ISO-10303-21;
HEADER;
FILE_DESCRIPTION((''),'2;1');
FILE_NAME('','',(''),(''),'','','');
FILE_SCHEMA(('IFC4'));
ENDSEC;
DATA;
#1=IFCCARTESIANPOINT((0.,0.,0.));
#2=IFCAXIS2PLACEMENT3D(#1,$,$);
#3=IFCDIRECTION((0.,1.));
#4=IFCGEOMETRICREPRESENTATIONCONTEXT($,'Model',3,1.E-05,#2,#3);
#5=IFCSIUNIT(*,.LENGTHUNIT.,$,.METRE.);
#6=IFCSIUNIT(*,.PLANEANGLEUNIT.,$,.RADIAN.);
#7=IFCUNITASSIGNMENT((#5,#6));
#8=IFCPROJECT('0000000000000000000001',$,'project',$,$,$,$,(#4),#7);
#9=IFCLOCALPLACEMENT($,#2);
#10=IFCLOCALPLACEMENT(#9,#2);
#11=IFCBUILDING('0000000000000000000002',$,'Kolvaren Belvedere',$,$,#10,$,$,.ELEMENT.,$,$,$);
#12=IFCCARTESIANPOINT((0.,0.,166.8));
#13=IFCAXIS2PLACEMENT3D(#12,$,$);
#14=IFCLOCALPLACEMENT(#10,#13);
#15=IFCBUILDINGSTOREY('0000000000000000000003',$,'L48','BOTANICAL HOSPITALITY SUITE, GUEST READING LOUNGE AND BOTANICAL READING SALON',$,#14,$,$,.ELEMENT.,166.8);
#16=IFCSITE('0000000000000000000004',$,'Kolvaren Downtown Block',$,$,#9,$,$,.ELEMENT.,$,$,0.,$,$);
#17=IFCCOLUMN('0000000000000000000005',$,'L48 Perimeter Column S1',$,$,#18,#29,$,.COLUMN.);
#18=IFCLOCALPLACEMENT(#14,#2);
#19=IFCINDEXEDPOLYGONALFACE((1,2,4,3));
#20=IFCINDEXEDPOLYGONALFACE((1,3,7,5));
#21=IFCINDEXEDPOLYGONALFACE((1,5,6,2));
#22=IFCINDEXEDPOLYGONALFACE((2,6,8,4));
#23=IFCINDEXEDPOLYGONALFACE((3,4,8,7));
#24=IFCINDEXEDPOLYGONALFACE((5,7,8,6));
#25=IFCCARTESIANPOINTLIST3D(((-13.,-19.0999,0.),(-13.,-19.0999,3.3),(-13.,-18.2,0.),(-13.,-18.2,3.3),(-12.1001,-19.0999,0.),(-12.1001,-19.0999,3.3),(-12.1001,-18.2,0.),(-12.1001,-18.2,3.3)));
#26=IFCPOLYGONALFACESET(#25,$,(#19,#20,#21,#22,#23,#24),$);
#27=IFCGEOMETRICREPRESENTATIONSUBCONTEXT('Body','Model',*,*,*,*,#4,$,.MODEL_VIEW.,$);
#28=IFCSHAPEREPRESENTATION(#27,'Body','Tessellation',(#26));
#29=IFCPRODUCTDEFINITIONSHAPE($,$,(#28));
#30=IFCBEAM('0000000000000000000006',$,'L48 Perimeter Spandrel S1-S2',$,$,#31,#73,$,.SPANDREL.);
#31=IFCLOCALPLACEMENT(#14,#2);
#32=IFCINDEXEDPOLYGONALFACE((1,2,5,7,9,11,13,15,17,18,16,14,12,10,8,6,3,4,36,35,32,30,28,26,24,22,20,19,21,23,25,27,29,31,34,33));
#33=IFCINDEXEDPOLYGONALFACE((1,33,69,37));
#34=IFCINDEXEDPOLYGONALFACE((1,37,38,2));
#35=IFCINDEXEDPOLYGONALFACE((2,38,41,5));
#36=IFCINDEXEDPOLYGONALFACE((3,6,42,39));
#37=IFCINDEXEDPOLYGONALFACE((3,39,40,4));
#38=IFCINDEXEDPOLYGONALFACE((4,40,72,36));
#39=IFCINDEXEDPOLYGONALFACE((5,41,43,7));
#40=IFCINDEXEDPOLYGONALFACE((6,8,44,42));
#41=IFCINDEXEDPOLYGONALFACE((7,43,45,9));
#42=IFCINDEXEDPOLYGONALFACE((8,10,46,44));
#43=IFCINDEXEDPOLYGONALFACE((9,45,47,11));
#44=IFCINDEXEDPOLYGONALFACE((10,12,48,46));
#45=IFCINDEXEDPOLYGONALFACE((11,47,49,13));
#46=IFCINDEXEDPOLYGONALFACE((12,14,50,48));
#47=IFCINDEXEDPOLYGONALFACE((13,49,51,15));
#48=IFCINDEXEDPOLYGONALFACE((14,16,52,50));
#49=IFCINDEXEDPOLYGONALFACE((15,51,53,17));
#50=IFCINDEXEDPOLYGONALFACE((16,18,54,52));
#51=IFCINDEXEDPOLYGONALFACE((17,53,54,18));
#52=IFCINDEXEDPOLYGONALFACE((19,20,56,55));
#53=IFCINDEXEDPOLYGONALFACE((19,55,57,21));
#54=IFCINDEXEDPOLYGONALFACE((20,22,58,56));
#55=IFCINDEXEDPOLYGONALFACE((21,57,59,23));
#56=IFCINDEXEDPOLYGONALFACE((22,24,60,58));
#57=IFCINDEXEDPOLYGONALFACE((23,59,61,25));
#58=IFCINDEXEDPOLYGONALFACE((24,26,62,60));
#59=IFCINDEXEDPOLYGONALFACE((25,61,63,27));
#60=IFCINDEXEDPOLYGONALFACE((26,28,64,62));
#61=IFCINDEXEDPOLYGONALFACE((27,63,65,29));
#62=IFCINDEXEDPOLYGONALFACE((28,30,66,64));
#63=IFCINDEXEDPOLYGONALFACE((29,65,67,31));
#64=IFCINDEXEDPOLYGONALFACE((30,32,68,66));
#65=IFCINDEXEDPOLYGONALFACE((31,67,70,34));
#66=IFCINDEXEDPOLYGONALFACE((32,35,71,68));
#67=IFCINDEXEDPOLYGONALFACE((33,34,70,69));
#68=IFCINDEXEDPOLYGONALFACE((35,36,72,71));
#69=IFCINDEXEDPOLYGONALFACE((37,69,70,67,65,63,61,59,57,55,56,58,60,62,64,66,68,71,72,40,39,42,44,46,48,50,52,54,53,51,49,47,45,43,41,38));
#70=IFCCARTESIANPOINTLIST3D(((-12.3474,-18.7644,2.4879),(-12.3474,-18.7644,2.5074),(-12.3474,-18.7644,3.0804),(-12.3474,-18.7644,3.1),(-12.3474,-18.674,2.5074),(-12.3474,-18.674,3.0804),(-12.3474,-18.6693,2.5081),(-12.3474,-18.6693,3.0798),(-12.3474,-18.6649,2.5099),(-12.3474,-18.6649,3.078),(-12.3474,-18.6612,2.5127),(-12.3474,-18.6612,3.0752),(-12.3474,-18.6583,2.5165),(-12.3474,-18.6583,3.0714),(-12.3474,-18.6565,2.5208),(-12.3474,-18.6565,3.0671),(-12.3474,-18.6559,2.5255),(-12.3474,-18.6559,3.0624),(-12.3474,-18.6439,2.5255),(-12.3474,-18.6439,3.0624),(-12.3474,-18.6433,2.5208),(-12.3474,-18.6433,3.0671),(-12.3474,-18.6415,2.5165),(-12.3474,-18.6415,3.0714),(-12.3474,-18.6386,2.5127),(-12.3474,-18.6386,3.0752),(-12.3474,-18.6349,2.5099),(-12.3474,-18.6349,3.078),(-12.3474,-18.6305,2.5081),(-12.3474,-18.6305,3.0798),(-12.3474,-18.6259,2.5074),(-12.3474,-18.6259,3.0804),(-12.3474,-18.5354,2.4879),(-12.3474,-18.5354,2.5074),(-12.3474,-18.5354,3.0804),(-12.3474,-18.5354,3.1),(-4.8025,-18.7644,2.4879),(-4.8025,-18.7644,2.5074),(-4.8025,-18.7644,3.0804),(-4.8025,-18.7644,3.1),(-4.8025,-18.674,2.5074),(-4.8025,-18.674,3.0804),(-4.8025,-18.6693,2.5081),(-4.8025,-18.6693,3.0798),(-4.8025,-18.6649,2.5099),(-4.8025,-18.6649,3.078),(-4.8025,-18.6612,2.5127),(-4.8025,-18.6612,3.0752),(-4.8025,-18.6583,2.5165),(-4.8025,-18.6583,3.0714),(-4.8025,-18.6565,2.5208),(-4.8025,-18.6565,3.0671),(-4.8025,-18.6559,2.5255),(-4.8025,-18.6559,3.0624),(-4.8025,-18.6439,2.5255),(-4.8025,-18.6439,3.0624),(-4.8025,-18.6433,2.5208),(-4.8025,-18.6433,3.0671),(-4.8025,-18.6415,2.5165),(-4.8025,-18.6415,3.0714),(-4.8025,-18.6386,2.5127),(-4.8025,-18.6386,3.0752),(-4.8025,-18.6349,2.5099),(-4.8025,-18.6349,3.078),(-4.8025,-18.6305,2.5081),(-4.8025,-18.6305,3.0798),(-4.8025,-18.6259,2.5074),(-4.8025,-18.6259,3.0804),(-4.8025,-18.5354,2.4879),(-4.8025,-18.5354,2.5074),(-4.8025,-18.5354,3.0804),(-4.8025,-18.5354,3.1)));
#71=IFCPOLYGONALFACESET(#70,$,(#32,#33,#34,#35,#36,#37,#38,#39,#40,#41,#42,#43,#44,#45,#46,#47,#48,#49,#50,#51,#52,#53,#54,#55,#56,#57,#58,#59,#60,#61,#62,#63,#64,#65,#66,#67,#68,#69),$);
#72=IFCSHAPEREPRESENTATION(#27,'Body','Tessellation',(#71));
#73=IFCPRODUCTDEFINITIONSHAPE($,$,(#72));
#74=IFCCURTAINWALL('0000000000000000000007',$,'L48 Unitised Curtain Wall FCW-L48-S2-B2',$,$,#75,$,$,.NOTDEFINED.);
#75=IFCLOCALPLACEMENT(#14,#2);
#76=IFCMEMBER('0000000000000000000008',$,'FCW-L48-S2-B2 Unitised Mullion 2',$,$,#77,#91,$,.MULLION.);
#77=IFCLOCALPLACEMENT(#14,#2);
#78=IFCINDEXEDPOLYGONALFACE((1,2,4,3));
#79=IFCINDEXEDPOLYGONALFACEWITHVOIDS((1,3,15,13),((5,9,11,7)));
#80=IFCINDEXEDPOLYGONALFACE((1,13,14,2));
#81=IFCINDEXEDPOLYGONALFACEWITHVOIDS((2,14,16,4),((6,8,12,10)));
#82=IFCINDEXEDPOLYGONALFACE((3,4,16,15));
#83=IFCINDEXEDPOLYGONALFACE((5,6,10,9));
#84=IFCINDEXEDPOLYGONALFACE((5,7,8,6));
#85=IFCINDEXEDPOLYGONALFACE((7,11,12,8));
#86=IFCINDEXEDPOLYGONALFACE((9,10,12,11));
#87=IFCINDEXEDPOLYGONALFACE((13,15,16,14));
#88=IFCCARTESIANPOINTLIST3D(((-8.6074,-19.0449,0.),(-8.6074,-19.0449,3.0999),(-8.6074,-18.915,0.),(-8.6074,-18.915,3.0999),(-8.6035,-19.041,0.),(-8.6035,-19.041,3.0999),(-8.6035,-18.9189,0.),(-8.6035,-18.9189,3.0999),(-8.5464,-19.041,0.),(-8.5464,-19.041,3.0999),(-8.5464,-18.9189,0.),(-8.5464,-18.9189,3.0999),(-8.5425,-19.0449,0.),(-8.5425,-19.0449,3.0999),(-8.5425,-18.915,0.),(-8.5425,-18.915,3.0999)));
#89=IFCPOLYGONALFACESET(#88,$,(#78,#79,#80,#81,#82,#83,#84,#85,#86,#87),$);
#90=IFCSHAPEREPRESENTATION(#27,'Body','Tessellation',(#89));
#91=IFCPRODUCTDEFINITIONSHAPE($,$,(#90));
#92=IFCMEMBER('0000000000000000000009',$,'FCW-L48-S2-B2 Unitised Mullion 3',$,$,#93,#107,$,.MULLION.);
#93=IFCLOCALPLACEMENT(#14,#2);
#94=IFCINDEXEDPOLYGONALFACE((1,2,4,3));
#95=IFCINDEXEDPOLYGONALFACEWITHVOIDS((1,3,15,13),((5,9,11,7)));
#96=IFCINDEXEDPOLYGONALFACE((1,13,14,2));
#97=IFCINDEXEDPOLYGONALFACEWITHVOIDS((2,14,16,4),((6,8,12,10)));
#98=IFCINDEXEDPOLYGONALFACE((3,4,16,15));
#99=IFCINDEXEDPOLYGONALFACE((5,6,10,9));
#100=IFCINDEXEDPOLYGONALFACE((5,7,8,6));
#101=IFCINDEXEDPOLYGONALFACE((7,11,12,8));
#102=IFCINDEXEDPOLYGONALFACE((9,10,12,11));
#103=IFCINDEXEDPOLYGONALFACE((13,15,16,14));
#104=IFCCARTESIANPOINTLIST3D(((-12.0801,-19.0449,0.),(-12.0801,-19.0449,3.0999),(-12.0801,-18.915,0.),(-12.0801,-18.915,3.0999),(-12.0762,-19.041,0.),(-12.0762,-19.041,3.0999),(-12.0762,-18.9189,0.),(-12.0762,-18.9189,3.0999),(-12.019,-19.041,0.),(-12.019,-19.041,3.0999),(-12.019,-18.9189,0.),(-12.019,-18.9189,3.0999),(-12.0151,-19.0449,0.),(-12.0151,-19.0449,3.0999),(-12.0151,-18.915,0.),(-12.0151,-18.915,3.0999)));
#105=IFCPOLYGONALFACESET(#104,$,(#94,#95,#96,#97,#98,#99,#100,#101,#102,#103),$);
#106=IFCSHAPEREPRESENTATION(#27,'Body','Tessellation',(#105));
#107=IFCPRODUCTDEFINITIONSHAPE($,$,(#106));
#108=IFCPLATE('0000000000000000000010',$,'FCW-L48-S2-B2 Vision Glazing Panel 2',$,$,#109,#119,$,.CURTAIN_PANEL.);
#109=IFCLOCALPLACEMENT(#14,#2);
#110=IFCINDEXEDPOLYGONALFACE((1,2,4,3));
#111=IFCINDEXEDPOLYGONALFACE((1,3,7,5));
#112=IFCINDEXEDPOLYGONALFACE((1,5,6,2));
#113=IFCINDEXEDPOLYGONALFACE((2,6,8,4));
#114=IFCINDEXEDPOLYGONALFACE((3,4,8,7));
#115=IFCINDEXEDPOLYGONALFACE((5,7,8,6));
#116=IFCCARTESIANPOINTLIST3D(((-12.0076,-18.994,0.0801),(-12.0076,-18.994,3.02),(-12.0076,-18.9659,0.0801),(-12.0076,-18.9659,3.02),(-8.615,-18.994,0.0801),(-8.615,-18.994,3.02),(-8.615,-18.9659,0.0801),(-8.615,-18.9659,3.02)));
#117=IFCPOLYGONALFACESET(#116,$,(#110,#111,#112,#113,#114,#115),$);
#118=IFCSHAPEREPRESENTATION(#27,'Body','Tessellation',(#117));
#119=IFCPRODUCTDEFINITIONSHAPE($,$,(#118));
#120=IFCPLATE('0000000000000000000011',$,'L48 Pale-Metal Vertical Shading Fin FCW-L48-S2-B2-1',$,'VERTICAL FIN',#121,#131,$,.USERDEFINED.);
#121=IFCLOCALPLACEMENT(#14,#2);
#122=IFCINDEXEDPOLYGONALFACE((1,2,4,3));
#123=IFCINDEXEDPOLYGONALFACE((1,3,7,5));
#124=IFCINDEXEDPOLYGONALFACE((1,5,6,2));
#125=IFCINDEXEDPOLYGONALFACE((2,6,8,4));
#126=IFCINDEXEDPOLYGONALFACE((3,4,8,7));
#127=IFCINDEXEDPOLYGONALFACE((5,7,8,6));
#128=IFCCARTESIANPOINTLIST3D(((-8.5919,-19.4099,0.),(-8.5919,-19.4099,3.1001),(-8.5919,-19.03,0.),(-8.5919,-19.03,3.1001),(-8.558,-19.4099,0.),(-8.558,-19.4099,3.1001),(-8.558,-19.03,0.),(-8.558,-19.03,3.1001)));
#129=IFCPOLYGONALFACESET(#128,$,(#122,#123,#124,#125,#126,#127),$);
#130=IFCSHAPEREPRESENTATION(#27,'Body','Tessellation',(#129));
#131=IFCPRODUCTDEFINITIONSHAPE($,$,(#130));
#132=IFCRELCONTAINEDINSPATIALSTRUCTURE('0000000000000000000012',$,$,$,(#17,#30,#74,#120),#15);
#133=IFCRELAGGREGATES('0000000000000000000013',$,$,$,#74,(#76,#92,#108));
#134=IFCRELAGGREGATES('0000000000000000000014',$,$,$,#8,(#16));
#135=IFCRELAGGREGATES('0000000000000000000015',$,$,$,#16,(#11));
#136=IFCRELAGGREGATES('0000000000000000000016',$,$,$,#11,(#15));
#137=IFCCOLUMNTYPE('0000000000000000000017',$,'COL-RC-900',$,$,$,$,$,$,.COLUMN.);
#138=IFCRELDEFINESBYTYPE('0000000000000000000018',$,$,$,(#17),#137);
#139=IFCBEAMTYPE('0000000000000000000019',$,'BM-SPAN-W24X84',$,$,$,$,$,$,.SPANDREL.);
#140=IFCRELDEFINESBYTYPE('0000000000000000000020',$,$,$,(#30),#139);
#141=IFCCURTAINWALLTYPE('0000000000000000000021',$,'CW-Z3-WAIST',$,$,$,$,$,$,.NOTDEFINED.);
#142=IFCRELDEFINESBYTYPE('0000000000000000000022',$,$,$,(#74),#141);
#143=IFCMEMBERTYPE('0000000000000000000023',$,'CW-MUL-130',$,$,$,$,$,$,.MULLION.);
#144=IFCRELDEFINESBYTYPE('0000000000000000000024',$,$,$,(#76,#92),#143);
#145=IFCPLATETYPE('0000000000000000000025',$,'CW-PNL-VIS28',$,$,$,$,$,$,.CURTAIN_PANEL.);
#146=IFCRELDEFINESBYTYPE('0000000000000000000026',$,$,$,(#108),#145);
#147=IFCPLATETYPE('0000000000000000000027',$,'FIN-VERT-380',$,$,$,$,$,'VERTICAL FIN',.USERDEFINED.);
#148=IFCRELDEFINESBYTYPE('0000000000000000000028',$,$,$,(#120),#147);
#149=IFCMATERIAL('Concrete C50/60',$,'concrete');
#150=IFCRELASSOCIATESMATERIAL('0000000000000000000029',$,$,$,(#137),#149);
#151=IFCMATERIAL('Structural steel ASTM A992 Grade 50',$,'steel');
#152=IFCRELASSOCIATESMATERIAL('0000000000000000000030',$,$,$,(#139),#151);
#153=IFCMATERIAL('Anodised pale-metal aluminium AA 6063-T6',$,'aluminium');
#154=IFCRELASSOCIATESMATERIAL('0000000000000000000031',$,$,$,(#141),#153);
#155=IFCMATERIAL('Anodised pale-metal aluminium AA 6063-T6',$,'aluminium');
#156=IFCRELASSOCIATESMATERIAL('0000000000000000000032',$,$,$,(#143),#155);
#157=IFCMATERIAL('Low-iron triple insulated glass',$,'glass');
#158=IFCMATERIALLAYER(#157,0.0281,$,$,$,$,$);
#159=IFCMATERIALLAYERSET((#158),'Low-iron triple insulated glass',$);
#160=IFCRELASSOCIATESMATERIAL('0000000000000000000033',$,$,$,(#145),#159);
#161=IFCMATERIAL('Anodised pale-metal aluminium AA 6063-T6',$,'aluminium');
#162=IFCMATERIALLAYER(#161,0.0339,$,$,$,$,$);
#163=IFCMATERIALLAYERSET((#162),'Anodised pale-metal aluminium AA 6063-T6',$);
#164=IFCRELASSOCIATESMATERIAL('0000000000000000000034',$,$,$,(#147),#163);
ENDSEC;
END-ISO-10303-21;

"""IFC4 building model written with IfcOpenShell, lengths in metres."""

from ifc_helpers import new_model, si_unit, direction, frame, origin, origin_2d, place, context, subcontext, project, spatial, rectangle, hollow_rectangle, i_section, extrude, material, layer, layer_set, material_profile, profile_set, type_object, element, aggregate, save


model = new_model("IFC4")

# Units and contexts
model_context = context("Model", 3, precision=1e-05, world=origin(), true_north=direction((0.0, 1.0)))
body_context = subcontext(model_context, "Body", "Model", "MODEL_VIEW")
ifc_project = project(units=[si_unit("LENGTHUNIT", "METRE"), si_unit("PLANEANGLEUNIT", "RADIAN")], contexts=[model_context])

# Site, building, storey
site_placement = place(None, origin())
site = spatial("IfcSite", under=ifc_project, at=site_placement, Name="Kolvaren Downtown Block", CompositionType="ELEMENT", RefElevation=0.0)
building_placement = place(site_placement, origin())
building = spatial("IfcBuilding", under=site, at=building_placement, Name="Kolvaren Belvedere", CompositionType="ELEMENT")
storey_placement = place(building_placement, frame((0.0, 0.0, 166.8)))
storey = spatial("IfcBuildingStorey", under=building, at=storey_placement, Name="L48", Description="BOTANICAL HOSPITALITY SUITE, GUEST READING LOUNGE AND BOTANICAL READING SALON", CompositionType="ELEMENT", Elevation=166.8)

# Column
ifc_material_1 = material(Name="Concrete C50/60", Category="concrete")
ifc_material_profile_1 = material_profile(ifc_material_1, rectangle(XDim=0.8999, YDim=0.8999, at=origin_2d()), Name="RC 900X900")
ifc_profile_set_1 = profile_set([ifc_material_profile_1], Name="Concrete C50/60")
column_type = type_object("IfcColumnType", Name="COL-RC-900", PredefinedType="COLUMN", material=ifc_profile_set_1)
column_placement = place(storey_placement, frame((-12.55, -18.6499, 0.0), z_axis=(0.0, 0.0, 1.0), x_axis=(1.0, 0.0, 0.0)))
element("IfcColumn", 1, at=column_placement, inside=storey, type_object=column_type, Name="L48 Perimeter Column S1", PredefinedType="COLUMN", context=body_context, shape_type="SweptSolid", body=[
    extrude(rectangle(XDim=0.8999, YDim=0.8999, at=origin_2d()), origin(), (0.0, 0.0, 1.0), 3.3),
])

# Beam
ifc_material_2 = material(Name="Structural steel ASTM A992 Grade 50", Category="steel")
ifc_material_profile_2 = material_profile(ifc_material_2, i_section(OverallWidth=0.229, OverallDepth=0.6121, WebThickness=0.012, FlangeThickness=0.0195, FilletRadius=0.0181, at=origin_2d()), Name="W24X84")
ifc_profile_set_2 = profile_set([ifc_material_profile_2], Name="Structural steel ASTM A992 Grade 50")
beam_type = type_object("IfcBeamType", Name="BM-SPAN-W24X84", PredefinedType="SPANDREL", material=ifc_profile_set_2)
beam_placement = place(storey_placement, frame((-12.3474, -18.6499, 2.7939), z_axis=(1.0, 0.0, 0.0), x_axis=(0.0, 1.0, 0.0)))
element("IfcBeam", 2, at=beam_placement, inside=storey, type_object=beam_type, Name="L48 Perimeter Spandrel S1-S2", PredefinedType="SPANDREL", context=body_context, shape_type="SweptSolid", body=[
    extrude(i_section(OverallWidth=0.229, OverallDepth=0.6121, WebThickness=0.012, FlangeThickness=0.0195, FilletRadius=0.0181, at=origin_2d()), origin(), (0.0, 0.0, 1.0), 7.5449),
])

# Curtain wall, members, plate
ifc_material_3 = material(Name="Anodised pale-metal aluminium AA 6063-T6", Category="aluminium")
curtain_wall_type = type_object("IfcCurtainWallType", Name="CW-Z3-WAIST", PredefinedType="NOTDEFINED", material=ifc_material_3)
curtain_wall_placement = place(storey_placement, origin())
curtain_wall = element("IfcCurtainWall", 3, at=curtain_wall_placement, inside=storey, type_object=curtain_wall_type, Name="L48 Unitised Curtain Wall FCW-L48-S2-B2", PredefinedType="NOTDEFINED")
ifc_material_4 = material(Name="Anodised pale-metal aluminium AA 6063-T6", Category="aluminium")
ifc_material_profile_3 = material_profile(ifc_material_4, hollow_rectangle(XDim=0.0649, YDim=0.1299, WallThickness=0.0039, at=origin_2d()), Name="ALU-MUL-130X65")
ifc_profile_set_3 = profile_set([ifc_material_profile_3], Name="Anodised pale-metal aluminium AA 6063-T6")
member_type = type_object("IfcMemberType", Name="CW-MUL-130", PredefinedType="MULLION", material=ifc_profile_set_3)
member_1_placement = place(storey_placement, frame((-8.575, -18.98, 0.0), z_axis=(0.0, 0.0, 1.0), x_axis=(1.0, 0.0, 0.0)))
member_1 = element("IfcMember", 4, at=member_1_placement, type_object=member_type, Name="FCW-L48-S2-B2 Unitised Mullion 2", PredefinedType="MULLION", context=body_context, shape_type="SweptSolid", body=[
    extrude(hollow_rectangle(XDim=0.0649, YDim=0.1299, WallThickness=0.0039, at=origin_2d()), origin(), (0.0, 0.0, 1.0), 3.0999),
])
member_2_placement = place(storey_placement, frame((-12.0476, -18.98, 0.0), z_axis=(0.0, 0.0, 1.0), x_axis=(1.0, 0.0, 0.0)))
member_2 = element("IfcMember", 5, at=member_2_placement, type_object=member_type, Name="FCW-L48-S2-B2 Unitised Mullion 3", PredefinedType="MULLION", context=body_context, shape_type="SweptSolid", body=[
    extrude(hollow_rectangle(XDim=0.0649, YDim=0.1299, WallThickness=0.0039, at=origin_2d()), origin(), (0.0, 0.0, 1.0), 3.0999),
])
ifc_material_5 = material(Name="Low-iron triple insulated glass", Category="glass")
ifc_layer_1 = layer(ifc_material_5, 0.0281)
ifc_layer_set_1 = layer_set([ifc_layer_1], Name="Low-iron triple insulated glass")
plate_type_1 = type_object("IfcPlateType", Name="CW-PNL-VIS28", PredefinedType="CURTAIN_PANEL", material=ifc_layer_set_1)
plate_1_placement = place(storey_placement, frame((-10.3113, -18.98, 0.0801), z_axis=(0.0, 0.0, 1.0), x_axis=(-1.0, 0.0, 0.0)))
plate_1 = element("IfcPlate", 6, at=plate_1_placement, type_object=plate_type_1, Name="FCW-L48-S2-B2 Vision Glazing Panel 2", PredefinedType="CURTAIN_PANEL", context=body_context, shape_type="SweptSolid", body=[
    extrude(rectangle(XDim=3.3926, YDim=0.0281, at=origin_2d()), origin(), (0.0, 0.0, 1.0), 2.9399),
])
aggregate(curtain_wall, [member_1, member_2, plate_1])

# Plate
ifc_material_6 = material(Name="Anodised pale-metal aluminium AA 6063-T6", Category="aluminium")
ifc_layer_2 = layer(ifc_material_6, 0.0339)
ifc_layer_set_2 = layer_set([ifc_layer_2], Name="Anodised pale-metal aluminium AA 6063-T6")
plate_type_2 = type_object("IfcPlateType", Name="FIN-VERT-380", ElementType="VERTICAL FIN", PredefinedType="USERDEFINED", material=ifc_layer_set_2)
plate_2_placement = place(storey_placement, frame((-8.575, -19.22, 0.0), z_axis=(0.0, 0.0, 1.0), x_axis=(0.0, 1.0, 0.0)))
element("IfcPlate", 7, at=plate_2_placement, inside=storey, type_object=plate_type_2, Name="L48 Pale-Metal Vertical Shading Fin FCW-L48-S2-B2-1", ObjectType="VERTICAL FIN", PredefinedType="USERDEFINED", context=body_context, shape_type="SweptSolid", body=[
    extrude(rectangle(XDim=0.3799, YDim=0.0339, at=origin_2d()), origin(), (0.0, 0.0, 1.0), 3.1001),
])

save(model, "model.ifc")
